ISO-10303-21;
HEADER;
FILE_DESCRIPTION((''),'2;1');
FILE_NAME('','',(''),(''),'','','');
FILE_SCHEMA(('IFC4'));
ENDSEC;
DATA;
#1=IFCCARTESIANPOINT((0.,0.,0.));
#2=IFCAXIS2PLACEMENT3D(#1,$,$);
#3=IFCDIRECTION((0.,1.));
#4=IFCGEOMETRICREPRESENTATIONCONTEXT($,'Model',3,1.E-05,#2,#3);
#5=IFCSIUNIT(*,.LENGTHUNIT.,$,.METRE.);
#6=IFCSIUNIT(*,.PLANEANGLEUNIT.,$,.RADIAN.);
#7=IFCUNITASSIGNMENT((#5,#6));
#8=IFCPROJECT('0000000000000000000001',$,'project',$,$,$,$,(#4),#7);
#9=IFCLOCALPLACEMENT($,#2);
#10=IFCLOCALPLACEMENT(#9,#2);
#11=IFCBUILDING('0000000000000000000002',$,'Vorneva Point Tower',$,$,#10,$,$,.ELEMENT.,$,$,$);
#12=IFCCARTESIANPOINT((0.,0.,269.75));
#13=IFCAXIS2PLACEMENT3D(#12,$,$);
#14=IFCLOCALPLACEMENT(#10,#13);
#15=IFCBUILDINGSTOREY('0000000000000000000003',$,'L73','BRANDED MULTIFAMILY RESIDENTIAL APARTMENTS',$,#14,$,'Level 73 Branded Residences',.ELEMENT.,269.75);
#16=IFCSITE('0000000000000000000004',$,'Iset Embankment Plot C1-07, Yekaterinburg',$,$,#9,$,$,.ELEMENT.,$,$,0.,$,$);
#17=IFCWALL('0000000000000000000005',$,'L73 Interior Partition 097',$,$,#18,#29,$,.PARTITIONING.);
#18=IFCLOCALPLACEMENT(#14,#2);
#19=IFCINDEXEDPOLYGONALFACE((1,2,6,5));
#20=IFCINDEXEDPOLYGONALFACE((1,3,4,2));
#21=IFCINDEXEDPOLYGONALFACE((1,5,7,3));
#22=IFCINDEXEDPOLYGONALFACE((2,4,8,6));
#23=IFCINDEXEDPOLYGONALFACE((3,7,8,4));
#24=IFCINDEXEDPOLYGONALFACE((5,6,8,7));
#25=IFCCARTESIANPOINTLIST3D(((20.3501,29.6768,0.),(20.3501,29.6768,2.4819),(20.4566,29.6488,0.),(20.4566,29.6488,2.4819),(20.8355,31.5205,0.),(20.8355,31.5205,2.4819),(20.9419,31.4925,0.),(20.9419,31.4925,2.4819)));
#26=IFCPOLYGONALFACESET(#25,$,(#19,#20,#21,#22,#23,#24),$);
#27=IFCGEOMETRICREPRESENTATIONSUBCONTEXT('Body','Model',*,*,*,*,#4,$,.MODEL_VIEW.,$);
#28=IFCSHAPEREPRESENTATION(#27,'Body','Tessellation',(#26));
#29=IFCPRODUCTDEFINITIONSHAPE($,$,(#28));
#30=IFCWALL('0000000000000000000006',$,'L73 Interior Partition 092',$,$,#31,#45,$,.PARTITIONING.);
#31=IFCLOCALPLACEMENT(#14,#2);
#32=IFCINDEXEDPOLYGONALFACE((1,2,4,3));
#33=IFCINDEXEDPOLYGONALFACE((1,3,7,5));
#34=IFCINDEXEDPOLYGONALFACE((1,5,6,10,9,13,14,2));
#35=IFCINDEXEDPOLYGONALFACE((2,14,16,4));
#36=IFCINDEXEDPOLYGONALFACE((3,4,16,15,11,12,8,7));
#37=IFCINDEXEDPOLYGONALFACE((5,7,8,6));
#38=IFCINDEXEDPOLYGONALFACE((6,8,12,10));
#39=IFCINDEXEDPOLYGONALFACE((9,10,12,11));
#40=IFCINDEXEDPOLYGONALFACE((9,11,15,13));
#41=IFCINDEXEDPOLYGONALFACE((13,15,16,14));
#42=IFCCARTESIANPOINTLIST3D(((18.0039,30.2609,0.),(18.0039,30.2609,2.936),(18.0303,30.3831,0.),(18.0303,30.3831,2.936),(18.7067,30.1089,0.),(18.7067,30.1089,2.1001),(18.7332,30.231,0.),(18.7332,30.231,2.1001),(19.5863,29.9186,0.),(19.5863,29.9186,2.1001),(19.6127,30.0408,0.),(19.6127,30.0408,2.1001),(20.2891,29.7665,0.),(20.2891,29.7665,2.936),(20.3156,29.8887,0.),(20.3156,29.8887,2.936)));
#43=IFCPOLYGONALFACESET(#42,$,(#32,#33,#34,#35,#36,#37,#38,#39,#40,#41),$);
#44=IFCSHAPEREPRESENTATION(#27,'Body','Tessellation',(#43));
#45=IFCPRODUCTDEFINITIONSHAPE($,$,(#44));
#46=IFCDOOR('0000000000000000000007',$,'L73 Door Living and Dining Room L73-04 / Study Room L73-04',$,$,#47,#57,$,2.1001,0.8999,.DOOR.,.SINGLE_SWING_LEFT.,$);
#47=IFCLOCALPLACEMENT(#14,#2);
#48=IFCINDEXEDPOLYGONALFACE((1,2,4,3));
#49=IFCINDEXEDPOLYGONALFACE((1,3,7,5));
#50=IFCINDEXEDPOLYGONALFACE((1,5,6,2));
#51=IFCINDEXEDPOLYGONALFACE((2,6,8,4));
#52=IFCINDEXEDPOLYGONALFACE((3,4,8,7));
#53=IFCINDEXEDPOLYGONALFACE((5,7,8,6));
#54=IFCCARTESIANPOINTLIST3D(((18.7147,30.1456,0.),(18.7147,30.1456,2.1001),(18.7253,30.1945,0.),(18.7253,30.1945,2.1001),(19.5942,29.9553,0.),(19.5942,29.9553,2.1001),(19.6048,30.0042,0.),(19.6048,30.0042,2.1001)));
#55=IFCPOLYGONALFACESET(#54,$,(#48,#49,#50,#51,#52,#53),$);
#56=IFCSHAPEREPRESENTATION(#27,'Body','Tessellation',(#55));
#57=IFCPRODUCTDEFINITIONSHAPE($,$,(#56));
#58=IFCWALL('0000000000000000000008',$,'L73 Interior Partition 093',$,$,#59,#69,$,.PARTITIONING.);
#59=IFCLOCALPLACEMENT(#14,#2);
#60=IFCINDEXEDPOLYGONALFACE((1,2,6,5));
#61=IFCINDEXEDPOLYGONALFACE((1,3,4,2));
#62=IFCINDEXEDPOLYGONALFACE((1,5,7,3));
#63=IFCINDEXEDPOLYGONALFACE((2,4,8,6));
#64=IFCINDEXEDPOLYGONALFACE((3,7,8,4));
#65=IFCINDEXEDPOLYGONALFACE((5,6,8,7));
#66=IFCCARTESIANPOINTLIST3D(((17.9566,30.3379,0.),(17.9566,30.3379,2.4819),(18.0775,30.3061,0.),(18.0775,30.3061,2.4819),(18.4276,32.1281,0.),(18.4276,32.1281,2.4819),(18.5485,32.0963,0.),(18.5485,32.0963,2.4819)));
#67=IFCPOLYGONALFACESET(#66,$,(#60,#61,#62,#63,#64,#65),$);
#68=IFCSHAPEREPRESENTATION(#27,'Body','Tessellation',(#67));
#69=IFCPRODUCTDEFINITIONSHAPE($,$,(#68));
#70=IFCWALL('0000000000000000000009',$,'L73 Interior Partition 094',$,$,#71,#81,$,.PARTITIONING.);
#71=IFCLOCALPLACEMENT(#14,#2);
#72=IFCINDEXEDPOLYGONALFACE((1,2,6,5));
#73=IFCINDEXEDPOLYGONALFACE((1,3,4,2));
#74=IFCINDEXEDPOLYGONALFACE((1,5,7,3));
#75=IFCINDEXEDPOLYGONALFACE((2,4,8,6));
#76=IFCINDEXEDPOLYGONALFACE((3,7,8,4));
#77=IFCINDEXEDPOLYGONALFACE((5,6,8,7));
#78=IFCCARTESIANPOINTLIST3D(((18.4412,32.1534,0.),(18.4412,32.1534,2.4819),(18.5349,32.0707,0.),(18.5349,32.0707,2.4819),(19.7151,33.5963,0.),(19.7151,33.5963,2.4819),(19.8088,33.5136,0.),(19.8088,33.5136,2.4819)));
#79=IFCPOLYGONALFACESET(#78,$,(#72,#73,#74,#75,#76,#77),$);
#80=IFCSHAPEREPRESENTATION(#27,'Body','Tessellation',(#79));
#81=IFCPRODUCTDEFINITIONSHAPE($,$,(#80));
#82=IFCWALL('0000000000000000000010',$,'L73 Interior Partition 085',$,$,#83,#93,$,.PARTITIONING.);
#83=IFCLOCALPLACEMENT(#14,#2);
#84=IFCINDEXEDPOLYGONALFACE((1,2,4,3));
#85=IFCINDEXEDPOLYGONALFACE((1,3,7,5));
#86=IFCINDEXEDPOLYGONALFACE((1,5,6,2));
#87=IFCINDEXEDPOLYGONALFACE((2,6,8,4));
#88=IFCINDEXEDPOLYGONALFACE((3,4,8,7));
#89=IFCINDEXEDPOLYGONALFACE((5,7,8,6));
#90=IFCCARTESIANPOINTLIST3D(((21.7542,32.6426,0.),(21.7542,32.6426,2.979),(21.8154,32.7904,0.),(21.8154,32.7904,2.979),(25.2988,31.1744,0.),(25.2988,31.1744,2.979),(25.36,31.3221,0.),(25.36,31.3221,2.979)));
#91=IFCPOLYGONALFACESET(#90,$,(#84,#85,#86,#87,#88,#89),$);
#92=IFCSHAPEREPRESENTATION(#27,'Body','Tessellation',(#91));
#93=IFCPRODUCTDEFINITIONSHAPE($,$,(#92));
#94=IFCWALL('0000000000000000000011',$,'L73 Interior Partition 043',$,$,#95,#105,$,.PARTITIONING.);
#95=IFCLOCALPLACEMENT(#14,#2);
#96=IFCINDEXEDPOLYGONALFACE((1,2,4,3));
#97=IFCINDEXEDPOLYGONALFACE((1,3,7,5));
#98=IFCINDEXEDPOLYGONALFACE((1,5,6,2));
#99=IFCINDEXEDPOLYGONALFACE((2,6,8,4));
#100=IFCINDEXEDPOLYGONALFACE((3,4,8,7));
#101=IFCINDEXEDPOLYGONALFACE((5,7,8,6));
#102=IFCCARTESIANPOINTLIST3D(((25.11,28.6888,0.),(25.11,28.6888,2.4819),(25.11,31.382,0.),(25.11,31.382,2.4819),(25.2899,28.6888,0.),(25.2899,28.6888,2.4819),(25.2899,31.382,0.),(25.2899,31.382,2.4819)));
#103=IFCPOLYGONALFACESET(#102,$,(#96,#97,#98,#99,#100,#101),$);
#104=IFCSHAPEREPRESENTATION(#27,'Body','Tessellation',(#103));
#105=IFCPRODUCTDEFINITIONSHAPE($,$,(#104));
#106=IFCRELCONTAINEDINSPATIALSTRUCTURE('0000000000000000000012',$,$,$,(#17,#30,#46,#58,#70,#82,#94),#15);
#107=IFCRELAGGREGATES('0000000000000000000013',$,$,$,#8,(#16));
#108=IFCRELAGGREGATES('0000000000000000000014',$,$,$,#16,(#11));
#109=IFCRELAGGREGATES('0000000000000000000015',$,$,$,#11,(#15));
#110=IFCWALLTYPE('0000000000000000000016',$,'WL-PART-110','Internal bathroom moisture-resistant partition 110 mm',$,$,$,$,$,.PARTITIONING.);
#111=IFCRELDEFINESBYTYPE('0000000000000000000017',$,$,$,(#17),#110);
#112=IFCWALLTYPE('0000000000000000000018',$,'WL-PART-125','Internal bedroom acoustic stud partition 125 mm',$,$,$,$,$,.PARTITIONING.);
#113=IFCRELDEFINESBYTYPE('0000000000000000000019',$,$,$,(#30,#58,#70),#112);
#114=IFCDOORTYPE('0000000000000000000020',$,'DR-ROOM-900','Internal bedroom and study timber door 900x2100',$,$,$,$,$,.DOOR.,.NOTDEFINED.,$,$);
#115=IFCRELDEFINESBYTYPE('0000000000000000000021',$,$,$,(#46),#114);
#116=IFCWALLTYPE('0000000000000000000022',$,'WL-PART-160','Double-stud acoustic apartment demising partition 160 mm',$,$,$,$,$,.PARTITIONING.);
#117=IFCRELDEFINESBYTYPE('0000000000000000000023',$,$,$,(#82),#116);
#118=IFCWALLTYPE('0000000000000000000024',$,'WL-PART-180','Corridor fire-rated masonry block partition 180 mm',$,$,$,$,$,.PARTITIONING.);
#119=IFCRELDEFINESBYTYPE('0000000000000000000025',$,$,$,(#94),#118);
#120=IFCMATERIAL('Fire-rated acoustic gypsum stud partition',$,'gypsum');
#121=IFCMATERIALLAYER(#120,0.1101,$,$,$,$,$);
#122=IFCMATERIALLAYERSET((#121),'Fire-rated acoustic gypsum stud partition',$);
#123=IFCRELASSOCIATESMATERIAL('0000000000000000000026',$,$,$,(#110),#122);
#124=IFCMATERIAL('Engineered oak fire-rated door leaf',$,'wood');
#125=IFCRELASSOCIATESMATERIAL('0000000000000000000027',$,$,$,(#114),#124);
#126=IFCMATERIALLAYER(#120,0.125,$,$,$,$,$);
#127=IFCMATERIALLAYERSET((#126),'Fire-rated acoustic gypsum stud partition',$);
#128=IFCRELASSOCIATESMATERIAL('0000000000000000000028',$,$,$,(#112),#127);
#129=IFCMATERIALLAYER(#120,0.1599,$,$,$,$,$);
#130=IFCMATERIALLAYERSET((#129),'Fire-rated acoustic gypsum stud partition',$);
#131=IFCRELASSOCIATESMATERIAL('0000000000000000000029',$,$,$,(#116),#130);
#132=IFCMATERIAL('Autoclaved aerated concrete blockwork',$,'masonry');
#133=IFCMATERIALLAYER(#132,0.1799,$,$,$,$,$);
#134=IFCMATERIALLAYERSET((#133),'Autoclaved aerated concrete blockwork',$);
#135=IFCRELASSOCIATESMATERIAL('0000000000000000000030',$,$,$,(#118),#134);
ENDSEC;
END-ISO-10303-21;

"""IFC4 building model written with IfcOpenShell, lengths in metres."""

from ifc_helpers import new_model, si_unit, direction, frame, frame_2d, origin, place, context, subcontext, project, spatial, rectangle, extrude, material, layer, layer_set, type_object, element, fill, save


model = new_model("IFC4")

# Units and contexts
model_context = context("Model", 3, precision=1e-05, world=origin(), true_north=direction((0.0, 1.0)))
body_context = subcontext(model_context, "Body", "Model", "MODEL_VIEW")
ifc_project = project(units=[si_unit("LENGTHUNIT", "METRE"), si_unit("PLANEANGLEUNIT", "RADIAN")], contexts=[model_context])

# Site, building, storey
site_placement = place(None, origin())
site = spatial("IfcSite", under=ifc_project, at=site_placement, Name="Iset Embankment Plot C1-07, Yekaterinburg", CompositionType="ELEMENT", RefElevation=0.0)
building_placement = place(site_placement, origin())
building = spatial("IfcBuilding", under=site, at=building_placement, Name="Vorneva Point Tower", CompositionType="ELEMENT")
storey_placement = place(building_placement, frame((0.0, 0.0, 269.75)))
storey = spatial("IfcBuildingStorey", under=building, at=storey_placement, Name="L73", Description="BRANDED MULTIFAMILY RESIDENTIAL APARTMENTS", LongName="Level 73 Branded Residences", CompositionType="ELEMENT", Elevation=269.75)

# Shared definitions
ifc_material_1 = material(Name="Fire-rated acoustic gypsum stud partition", Category="gypsum")
ifc_layer_1 = layer(ifc_material_1, 0.1101)
ifc_layer_set_1 = layer_set([ifc_layer_1], Name="Fire-rated acoustic gypsum stud partition")
wall_type_1 = type_object("IfcWallType", Name="WL-PART-110", Description="Internal bathroom moisture-resistant partition 110 mm", PredefinedType="PARTITIONING", material=ifc_layer_set_1)
ifc_material_2 = material(Name="Engineered oak fire-rated door leaf", Category="wood")

# Shared definitions
door_type_1 = type_object("IfcDoorType", Name="DR-ROOM-900", Description="Internal bedroom and study timber door 900x2100", OperationType="NOTDEFINED", PredefinedType="DOOR", material=ifc_material_2)

# Wall
wall_1_placement = place(storey_placement, frame((20.8887, 31.5063, 0.0), z_axis=(0.0, 0.0, 1.0), x_axis=(-0.254569, -0.967055, 0.0)))
element("IfcWall", 1, at=wall_1_placement, inside=storey, type_object=wall_type_1, Name="L73 Interior Partition 097", PredefinedType="PARTITIONING", context=body_context, shape_type="SweptSolid", body=[
    extrude(rectangle(XDim=1.9065, YDim=0.1101, at=frame_2d((0.9531, 0.0))), origin(), (0.0, 0.0, 1.0), 2.4819),
])

# Wall, opening, door
ifc_layer_2 = layer(ifc_material_1, 0.125)
ifc_layer_set_2 = layer_set([ifc_layer_2], Name="Fire-rated acoustic gypsum stud partition")
wall_type_2 = type_object("IfcWallType", Name="WL-PART-125", Description="Internal bedroom acoustic stud partition 125 mm", PredefinedType="PARTITIONING", material=ifc_layer_set_2)
wall_2_placement = place(storey_placement, frame((20.3022, 29.8276, 0.0), z_axis=(0.0, 0.0, 1.0), x_axis=(-0.977388, 0.211454, 0.0)))
wall_2 = element("IfcWall", 2, at=wall_2_placement, inside=storey, type_object=wall_type_2, Name="L73 Interior Partition 092", PredefinedType="PARTITIONING", context=body_context, shape_type="SweptSolid", body=[
    extrude(rectangle(XDim=2.3381, YDim=0.125, at=frame_2d((1.1689, 0.0))), origin(), (0.0, 0.0, 1.0), 2.936),
])
opening_1_placement = place(wall_2_placement, frame((0.719, 0.0, 0.0)))
opening_1 = element("IfcOpeningElement", 3, at=opening_1_placement, cuts=wall_2, PredefinedType="OPENING", context=body_context, shape_type="SweptSolid", body=[
    extrude(rectangle(XDim=0.8999, YDim=2.1001, at=frame_2d((0.45, 1.05))), frame((0.0, 0.0774, 0.0), z_axis=(0.0, -1.0, 0.0), x_axis=(1.0, 0.0, 0.0)), (0.0, 0.0, 1.0), 0.1548),
])
door_1_placement = place(opening_1_placement, origin())
door_1 = element("IfcDoor", 4, at=door_1_placement, inside=storey, type_object=door_type_1, Name="L73 Door Living and Dining Room L73-04 / Study Room L73-04", OperationType="SINGLE_SWING_LEFT", OverallHeight=2.1001, OverallWidth=0.8999, PredefinedType="DOOR", context=body_context, shape_type="SweptSolid", body=[
    extrude(rectangle(XDim=0.8999, YDim=2.1001, at=frame_2d((0.45, 1.05))), frame((0.0, 0.0249, 0.0), z_axis=(0.0, -1.0, 0.0), x_axis=(1.0, 0.0, 0.0)), (0.0, 0.0, 1.0), 0.05),
])
fill(opening_1, door_1)

# Walls
wall_3_placement = place(storey_placement, frame((18.0171, 30.322, 0.0), z_axis=(0.0, 0.0, 1.0), x_axis=(0.254435, 0.96709, 0.0)))
element("IfcWall", 5, at=wall_3_placement, inside=storey, type_object=wall_type_2, Name="L73 Interior Partition 093", PredefinedType="PARTITIONING", context=body_context, shape_type="SweptSolid", body=[
    extrude(rectangle(XDim=1.8511, YDim=0.125, at=frame_2d((0.9255, 0.0))), origin(), (0.0, 0.0, 1.0), 2.4819),
])
wall_4_placement = place(storey_placement, frame((18.488, 32.1121, 0.0), z_axis=(0.0, 0.0, 1.0), x_axis=(0.661857, 0.749631, 0.0)))
element("IfcWall", 6, at=wall_4_placement, inside=storey, type_object=wall_type_2, Name="L73 Interior Partition 094", PredefinedType="PARTITIONING", context=body_context, shape_type="SweptSolid", body=[
    extrude(rectangle(XDim=1.9248, YDim=0.125, at=frame_2d((0.9624, 0.0))), origin(), (0.0, 0.0, 1.0), 2.4819),
])
ifc_layer_3 = layer(ifc_material_1, 0.1599)
ifc_layer_set_3 = layer_set([ifc_layer_3], Name="Fire-rated acoustic gypsum stud partition")
wall_type_3 = type_object("IfcWallType", Name="WL-PART-160", Description="Double-stud acoustic apartment demising partition 160 mm", PredefinedType="PARTITIONING", material=ifc_layer_set_3)
wall_5_placement = place(storey_placement, frame((21.7847, 32.7166, 0.0), z_axis=(0.0, 0.0, 1.0), x_axis=(0.923879, -0.382685, 0.0)))
element("IfcWall", 7, at=wall_5_placement, inside=storey, type_object=wall_type_3, Name="L73 Interior Partition 085", PredefinedType="PARTITIONING", context=body_context, shape_type="SweptSolid", body=[
    extrude(rectangle(XDim=3.8367, YDim=0.1599, at=frame_2d((1.9185, 0.0))), origin(), (0.0, 0.0, 1.0), 2.979),
])

# Shared definitions
ifc_material_3 = material(Name="Autoclaved aerated concrete blockwork", Category="masonry")
ifc_layer_4 = layer(ifc_material_3, 0.1799)
ifc_layer_set_4 = layer_set([ifc_layer_4], Name="Autoclaved aerated concrete blockwork")
wall_type_4 = type_object("IfcWallType", Name="WL-PART-180", Description="Corridor fire-rated masonry block partition 180 mm", PredefinedType="PARTITIONING", material=ifc_layer_set_4)

# Wall
wall_6_placement = place(storey_placement, frame((25.2, 31.3821, 0.0), z_axis=(0.0, 0.0, 1.0), x_axis=(0.0, -1.0, 0.0)))
element("IfcWall", 8, at=wall_6_placement, inside=storey, type_object=wall_type_4, Name="L73 Interior Partition 043", PredefinedType="PARTITIONING", context=body_context, shape_type="SweptSolid", body=[
    extrude(rectangle(XDim=2.6931, YDim=0.1799, at=frame_2d((1.3467, 0.0))), origin(), (0.0, 0.0, 1.0), 2.4819),
])

save(model, "model.ifc")
